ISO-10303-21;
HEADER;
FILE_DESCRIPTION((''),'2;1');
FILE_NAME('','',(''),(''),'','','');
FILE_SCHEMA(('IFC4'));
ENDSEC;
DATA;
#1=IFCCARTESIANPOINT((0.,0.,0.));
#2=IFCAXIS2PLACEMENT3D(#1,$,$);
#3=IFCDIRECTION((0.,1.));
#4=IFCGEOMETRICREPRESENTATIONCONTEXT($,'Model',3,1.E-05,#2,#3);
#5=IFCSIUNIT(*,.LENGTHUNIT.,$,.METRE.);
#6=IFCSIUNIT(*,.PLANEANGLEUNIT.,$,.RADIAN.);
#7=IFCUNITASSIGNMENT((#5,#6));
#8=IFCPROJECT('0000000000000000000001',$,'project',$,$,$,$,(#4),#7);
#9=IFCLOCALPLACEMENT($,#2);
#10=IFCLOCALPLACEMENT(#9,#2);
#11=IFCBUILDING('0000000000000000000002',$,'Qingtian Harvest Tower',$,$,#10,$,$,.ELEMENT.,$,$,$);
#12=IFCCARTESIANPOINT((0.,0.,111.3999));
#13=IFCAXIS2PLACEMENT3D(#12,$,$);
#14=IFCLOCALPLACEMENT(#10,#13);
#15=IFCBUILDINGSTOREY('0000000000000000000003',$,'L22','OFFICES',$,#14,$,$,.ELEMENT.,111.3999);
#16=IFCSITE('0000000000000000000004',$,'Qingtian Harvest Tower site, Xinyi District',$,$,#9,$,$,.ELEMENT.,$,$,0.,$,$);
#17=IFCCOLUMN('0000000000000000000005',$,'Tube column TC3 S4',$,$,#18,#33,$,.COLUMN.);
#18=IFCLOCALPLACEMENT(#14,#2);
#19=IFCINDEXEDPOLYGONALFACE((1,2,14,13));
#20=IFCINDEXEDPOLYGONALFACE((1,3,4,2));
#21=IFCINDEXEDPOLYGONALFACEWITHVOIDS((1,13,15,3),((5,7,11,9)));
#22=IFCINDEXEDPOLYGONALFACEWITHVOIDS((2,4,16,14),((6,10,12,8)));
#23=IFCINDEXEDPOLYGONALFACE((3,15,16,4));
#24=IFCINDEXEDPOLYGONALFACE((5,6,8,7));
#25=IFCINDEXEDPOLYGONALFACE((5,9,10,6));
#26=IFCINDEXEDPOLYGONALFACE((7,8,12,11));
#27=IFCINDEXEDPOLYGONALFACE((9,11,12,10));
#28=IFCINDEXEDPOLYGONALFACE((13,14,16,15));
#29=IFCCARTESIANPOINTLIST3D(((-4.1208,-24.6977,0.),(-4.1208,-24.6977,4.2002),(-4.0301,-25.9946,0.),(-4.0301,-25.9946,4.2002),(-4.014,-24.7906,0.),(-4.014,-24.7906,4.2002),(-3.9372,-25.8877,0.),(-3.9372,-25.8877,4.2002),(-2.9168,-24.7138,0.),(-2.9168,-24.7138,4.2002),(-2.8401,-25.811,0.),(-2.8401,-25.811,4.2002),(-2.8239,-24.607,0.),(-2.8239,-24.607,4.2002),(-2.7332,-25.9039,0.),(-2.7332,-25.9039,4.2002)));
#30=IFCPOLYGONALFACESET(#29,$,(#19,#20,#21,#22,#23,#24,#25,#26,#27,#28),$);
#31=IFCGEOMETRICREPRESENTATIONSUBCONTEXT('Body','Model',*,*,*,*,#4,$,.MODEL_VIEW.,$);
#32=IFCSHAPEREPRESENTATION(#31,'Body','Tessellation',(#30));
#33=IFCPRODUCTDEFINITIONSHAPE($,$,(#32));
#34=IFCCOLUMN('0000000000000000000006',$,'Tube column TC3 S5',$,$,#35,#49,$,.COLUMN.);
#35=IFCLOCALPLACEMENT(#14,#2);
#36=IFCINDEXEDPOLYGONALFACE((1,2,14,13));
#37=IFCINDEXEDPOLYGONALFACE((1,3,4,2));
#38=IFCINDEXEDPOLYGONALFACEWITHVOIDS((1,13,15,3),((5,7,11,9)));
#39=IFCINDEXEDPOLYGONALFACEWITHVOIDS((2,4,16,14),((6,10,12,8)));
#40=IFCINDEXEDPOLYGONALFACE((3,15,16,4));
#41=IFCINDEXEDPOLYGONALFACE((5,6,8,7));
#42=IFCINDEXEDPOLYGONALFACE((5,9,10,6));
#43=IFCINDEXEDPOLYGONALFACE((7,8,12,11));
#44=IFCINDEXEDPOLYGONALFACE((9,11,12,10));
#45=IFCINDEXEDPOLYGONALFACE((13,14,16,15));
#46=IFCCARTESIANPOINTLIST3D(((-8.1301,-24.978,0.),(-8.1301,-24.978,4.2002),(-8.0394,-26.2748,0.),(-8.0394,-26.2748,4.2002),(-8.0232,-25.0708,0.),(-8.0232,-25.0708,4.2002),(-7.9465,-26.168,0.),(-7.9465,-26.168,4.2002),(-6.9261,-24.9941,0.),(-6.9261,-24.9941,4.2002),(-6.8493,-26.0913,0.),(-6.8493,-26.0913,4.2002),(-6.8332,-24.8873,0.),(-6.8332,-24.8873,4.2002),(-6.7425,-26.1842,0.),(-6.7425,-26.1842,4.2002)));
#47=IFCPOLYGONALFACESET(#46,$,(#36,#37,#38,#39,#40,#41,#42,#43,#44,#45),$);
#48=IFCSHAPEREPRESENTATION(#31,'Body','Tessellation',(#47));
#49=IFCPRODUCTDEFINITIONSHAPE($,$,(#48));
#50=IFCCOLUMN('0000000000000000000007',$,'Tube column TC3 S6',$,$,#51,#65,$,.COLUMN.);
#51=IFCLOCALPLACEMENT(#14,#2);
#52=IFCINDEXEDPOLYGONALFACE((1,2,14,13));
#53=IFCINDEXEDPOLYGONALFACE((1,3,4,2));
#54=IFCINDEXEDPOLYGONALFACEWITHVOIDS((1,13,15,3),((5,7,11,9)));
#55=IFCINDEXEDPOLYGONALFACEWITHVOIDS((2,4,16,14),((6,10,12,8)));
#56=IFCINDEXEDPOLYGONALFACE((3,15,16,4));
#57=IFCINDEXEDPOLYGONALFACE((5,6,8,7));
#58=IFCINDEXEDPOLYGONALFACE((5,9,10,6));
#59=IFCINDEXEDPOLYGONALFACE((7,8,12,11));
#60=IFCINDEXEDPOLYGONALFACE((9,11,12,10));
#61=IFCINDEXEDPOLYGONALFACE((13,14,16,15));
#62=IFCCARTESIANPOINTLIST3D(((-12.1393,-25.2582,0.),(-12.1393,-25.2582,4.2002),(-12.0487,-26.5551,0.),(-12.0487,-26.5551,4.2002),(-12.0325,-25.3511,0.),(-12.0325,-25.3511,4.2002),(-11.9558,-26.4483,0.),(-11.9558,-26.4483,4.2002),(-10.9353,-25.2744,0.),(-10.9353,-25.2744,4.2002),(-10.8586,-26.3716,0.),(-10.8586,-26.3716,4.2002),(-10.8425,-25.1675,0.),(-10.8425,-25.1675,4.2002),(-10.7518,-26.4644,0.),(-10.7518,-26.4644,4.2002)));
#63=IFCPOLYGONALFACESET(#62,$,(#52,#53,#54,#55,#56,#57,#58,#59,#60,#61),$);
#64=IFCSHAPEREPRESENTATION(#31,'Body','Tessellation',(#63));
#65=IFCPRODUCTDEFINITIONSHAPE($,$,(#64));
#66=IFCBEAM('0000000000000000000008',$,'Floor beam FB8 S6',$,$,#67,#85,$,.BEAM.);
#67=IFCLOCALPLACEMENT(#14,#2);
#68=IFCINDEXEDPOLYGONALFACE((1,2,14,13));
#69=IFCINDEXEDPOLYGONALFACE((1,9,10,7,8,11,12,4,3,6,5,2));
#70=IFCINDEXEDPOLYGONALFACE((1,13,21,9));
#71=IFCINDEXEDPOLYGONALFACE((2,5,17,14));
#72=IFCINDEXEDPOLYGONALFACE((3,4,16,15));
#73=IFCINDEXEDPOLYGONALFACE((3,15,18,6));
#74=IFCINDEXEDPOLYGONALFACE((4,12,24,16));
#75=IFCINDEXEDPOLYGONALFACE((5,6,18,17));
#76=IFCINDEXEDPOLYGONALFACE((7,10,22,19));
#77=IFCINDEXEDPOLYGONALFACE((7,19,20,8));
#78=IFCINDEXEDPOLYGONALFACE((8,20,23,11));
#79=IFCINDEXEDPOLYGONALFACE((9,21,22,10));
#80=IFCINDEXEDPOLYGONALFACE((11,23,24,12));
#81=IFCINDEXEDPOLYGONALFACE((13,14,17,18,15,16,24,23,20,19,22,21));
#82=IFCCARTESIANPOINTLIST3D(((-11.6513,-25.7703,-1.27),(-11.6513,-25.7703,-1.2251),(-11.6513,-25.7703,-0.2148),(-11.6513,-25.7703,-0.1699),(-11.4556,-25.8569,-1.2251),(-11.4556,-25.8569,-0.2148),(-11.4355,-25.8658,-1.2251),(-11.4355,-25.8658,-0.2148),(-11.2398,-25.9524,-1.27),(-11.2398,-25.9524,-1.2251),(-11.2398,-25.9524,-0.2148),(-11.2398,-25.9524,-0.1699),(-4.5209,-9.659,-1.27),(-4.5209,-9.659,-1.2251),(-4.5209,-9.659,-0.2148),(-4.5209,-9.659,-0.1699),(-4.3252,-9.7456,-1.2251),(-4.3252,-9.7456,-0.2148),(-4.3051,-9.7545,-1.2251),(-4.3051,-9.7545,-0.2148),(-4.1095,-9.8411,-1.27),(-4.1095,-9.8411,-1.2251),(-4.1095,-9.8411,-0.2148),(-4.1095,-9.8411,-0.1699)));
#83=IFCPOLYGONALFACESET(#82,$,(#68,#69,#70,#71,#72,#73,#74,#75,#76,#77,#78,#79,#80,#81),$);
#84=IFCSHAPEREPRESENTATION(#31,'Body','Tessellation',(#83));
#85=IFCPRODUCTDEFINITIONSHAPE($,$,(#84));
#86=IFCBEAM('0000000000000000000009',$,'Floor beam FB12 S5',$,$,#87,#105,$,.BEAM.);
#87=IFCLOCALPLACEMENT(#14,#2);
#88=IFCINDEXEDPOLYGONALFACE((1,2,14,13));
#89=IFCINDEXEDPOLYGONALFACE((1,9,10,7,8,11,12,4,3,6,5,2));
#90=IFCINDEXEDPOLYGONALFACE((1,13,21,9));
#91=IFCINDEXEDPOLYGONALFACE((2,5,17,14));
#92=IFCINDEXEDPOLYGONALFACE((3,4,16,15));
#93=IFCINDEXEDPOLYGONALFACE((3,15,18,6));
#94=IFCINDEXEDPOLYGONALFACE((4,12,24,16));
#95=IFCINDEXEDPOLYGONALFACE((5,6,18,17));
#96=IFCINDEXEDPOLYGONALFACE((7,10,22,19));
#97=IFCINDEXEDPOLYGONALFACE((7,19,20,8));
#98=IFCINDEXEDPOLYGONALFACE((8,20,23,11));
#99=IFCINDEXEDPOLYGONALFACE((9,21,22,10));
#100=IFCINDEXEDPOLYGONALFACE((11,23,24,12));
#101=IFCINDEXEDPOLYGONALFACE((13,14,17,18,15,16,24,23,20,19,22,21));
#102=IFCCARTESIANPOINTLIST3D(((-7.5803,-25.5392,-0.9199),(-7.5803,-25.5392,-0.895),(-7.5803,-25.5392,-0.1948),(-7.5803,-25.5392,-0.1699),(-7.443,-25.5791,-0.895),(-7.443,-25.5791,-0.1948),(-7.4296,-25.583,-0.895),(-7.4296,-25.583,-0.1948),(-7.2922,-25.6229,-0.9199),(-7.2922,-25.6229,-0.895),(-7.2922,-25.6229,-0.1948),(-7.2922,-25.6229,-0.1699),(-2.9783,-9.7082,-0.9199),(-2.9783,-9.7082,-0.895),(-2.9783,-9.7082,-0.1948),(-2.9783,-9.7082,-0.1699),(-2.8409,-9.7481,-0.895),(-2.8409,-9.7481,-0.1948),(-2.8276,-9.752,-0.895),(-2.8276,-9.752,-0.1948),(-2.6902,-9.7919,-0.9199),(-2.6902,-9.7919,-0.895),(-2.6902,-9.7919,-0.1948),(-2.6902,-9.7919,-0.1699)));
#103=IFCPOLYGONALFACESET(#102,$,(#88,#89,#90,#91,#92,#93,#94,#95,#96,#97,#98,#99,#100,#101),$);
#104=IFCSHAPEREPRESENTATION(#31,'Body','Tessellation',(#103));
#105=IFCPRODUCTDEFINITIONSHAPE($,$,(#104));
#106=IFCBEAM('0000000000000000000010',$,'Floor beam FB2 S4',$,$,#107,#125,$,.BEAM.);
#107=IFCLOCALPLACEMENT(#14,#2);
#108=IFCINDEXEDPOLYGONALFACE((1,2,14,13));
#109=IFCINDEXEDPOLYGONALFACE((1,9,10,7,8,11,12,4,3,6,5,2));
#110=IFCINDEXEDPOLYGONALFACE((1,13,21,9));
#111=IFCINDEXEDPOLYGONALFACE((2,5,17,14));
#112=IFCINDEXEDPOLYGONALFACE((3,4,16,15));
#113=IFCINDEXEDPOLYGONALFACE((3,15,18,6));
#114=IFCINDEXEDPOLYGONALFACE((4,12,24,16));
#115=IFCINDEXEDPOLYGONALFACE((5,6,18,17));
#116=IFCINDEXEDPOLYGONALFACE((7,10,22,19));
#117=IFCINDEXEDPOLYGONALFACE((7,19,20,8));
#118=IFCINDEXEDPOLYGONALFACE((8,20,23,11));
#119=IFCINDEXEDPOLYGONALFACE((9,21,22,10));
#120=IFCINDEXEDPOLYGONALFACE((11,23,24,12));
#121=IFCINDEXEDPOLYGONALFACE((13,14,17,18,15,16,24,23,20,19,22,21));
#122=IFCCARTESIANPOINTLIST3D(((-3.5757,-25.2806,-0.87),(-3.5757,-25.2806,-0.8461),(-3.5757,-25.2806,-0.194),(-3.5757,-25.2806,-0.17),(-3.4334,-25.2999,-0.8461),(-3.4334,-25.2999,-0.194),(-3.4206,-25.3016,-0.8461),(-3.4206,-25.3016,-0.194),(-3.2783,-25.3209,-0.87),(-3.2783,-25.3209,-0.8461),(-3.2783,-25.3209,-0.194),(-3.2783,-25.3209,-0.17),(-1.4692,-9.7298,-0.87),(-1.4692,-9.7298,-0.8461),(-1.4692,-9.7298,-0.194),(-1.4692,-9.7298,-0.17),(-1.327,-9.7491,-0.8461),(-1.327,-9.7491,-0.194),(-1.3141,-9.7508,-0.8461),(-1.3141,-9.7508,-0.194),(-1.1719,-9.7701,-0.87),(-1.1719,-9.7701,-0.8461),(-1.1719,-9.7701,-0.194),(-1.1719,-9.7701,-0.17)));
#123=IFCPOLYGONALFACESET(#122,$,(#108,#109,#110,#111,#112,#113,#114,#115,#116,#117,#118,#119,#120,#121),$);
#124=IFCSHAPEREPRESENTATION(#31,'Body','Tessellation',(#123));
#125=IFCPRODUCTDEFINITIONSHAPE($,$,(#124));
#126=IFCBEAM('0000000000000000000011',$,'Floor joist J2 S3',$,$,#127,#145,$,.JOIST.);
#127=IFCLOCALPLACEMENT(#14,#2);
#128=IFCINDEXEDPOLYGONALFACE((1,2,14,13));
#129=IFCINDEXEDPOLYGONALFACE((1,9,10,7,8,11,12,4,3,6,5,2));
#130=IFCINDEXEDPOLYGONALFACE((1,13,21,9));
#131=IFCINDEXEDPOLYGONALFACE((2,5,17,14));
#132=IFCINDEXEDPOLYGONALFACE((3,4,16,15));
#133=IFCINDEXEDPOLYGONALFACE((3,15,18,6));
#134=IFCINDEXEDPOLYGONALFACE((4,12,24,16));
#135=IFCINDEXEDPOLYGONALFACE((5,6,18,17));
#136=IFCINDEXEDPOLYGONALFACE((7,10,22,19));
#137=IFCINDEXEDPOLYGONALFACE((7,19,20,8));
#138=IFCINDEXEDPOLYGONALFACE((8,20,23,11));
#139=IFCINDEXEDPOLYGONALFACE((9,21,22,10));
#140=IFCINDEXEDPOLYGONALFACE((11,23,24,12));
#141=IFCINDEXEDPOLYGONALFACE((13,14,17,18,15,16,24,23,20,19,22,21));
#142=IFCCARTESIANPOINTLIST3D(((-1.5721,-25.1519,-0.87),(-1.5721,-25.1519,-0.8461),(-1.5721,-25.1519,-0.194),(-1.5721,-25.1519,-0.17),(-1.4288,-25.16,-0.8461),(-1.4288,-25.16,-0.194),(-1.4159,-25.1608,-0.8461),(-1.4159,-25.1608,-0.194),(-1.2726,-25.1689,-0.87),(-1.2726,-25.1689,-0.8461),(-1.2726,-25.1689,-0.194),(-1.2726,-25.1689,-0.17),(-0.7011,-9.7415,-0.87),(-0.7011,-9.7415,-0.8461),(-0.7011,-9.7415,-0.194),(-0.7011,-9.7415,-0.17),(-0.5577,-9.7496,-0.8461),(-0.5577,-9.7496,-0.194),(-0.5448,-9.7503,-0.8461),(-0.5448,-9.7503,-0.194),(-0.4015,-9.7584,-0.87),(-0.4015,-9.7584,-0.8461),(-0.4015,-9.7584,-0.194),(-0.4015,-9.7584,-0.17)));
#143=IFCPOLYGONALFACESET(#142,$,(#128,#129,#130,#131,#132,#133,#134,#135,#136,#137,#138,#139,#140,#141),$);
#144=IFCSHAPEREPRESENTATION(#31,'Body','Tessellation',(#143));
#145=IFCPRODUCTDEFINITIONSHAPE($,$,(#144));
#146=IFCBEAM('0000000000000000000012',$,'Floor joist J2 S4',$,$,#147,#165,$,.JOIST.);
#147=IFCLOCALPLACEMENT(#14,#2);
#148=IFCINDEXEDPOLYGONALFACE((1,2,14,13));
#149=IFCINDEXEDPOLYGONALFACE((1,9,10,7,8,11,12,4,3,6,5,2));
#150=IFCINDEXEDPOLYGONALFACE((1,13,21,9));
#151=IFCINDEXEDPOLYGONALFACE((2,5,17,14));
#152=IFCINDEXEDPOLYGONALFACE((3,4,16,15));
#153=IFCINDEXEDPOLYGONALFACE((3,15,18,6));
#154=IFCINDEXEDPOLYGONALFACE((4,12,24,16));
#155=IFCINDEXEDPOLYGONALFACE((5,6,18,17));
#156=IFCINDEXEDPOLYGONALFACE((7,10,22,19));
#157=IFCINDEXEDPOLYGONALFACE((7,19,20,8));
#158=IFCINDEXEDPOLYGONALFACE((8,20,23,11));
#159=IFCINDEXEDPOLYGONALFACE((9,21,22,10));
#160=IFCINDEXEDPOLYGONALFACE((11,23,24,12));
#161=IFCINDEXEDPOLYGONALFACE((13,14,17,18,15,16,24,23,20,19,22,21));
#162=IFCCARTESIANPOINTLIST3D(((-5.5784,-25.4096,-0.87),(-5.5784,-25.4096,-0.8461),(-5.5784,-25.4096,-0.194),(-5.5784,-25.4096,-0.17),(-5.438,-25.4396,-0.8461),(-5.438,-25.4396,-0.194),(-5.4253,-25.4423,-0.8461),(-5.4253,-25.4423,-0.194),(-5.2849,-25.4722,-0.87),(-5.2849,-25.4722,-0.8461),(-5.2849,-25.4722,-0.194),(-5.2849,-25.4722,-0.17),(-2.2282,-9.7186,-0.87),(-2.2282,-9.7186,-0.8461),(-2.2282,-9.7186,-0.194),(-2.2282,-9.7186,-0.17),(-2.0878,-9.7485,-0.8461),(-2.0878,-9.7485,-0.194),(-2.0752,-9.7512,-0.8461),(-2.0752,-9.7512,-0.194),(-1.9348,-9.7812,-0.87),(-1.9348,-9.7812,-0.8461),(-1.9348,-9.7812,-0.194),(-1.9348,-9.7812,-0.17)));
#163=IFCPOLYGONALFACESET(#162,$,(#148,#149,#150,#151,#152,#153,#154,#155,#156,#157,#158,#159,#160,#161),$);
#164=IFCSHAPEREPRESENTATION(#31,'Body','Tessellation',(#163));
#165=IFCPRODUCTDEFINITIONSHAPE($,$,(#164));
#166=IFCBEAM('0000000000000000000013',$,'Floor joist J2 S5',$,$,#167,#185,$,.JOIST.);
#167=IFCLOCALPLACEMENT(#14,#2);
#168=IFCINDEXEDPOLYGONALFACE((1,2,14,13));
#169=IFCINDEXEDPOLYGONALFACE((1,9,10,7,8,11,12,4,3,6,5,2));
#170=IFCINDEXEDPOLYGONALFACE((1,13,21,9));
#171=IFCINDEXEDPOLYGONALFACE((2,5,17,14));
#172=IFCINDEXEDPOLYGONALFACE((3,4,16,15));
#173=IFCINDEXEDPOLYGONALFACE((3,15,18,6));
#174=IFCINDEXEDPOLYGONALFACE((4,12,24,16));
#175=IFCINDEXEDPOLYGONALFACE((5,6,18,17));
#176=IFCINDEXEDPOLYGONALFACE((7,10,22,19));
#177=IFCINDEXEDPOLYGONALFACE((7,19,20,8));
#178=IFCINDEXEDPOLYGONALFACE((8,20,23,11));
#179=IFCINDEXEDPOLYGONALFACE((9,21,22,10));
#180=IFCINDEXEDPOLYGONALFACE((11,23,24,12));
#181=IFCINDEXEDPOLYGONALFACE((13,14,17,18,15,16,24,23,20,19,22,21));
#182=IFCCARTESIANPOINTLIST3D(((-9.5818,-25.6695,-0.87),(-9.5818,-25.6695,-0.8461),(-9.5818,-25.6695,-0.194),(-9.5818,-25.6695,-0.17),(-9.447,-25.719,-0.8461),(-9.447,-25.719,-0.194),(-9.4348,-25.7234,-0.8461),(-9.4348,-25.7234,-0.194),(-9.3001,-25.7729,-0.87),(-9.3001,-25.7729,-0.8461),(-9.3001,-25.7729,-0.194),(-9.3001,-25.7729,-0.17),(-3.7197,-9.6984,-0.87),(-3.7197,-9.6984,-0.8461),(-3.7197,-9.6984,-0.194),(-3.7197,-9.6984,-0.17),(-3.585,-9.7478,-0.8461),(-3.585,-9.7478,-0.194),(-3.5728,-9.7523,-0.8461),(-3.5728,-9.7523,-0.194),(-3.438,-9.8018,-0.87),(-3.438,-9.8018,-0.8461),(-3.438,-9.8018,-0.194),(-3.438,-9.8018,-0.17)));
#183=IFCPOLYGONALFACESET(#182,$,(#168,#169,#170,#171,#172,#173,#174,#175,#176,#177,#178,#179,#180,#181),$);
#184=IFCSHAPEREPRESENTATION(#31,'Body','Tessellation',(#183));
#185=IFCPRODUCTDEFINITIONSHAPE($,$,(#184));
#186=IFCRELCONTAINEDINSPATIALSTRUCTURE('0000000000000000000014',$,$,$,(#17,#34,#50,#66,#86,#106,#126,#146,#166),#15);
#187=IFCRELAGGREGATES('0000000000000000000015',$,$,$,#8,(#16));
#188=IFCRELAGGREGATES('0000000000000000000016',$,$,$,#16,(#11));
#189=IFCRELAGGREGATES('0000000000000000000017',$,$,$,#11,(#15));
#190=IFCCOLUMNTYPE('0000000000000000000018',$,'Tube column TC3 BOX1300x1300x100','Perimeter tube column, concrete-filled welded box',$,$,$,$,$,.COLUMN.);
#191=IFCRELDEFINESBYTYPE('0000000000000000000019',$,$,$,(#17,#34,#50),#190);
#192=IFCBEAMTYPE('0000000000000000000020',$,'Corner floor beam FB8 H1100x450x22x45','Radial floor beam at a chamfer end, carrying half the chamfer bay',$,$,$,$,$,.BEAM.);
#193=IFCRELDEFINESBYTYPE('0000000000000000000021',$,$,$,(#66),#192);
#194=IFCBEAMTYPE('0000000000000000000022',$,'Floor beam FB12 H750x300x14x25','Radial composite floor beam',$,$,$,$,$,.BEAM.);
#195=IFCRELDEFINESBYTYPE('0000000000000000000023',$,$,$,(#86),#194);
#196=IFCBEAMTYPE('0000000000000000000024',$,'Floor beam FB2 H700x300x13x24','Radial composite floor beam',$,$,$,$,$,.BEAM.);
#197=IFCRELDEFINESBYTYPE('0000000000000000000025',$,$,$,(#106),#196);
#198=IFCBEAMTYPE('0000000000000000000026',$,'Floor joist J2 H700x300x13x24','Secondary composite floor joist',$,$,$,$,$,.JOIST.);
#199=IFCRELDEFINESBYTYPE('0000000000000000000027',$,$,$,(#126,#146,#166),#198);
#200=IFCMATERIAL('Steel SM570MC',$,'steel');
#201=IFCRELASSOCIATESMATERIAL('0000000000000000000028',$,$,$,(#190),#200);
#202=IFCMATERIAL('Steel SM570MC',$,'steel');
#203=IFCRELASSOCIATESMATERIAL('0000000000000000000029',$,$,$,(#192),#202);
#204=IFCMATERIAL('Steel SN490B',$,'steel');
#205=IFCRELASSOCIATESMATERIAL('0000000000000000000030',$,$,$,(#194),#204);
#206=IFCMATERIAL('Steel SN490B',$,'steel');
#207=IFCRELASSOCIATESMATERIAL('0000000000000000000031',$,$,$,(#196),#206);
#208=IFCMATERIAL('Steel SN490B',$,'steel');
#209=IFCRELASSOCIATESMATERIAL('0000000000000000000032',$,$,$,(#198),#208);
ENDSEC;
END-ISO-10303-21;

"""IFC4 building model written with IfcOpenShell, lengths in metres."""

from ifc_helpers import new_model, si_unit, direction, frame, origin, origin_2d, place, context, subcontext, project, spatial, hollow_rectangle, i_section, extrude, material, material_profile, profile_set, type_object, element, save


model = new_model("IFC4")

# Units and contexts
model_context = context("Model", 3, precision=1e-05, world=origin(), true_north=direction((0.0, 1.0)))
body_context = subcontext(model_context, "Body", "Model", "MODEL_VIEW")
ifc_project = project(units=[si_unit("LENGTHUNIT", "METRE"), si_unit("PLANEANGLEUNIT", "RADIAN")], contexts=[model_context])

# Site, building, storey
site_placement = place(None, origin())
site = spatial("IfcSite", under=ifc_project, at=site_placement, Name="Qingtian Harvest Tower site, Xinyi District", CompositionType="ELEMENT", RefElevation=0.0)
building_placement = place(site_placement, origin())
building = spatial("IfcBuilding", under=site, at=building_placement, Name="Qingtian Harvest Tower", CompositionType="ELEMENT")
storey_placement = place(building_placement, frame((0.0, 0.0, 111.3999)))
storey = spatial("IfcBuildingStorey", under=building, at=storey_placement, Name="L22", Description="OFFICES", CompositionType="ELEMENT", Elevation=111.3999)

# Columns
ifc_material_1 = material(Name="Steel SM570MC", Category="steel")
ifc_material_profile_1 = material_profile(ifc_material_1, hollow_rectangle(XDim=1.3, YDim=1.3, WallThickness=0.1001, at=origin_2d()), Name="BOX1300x1300x100")
ifc_profile_set_1 = profile_set([ifc_material_profile_1], Name="Steel SM570MC")
column_type = type_object("IfcColumnType", Name="Tube column TC3 BOX1300x1300x100", Description="Perimeter tube column, concrete-filled welded box", PredefinedType="COLUMN", material=ifc_profile_set_1)
for number, where, z_axis, x_axis, name in (
    (1, (-3.427, -25.3008, 0.0), (0.0, 0.0, 1.0), (0.997564, 0.069756, 0.0), "Tube column TC3 S4"),
    (2, (-7.4363, -25.5811, 0.0), (0.0, 0.0, 1.0), (0.997564, 0.069756, 0.0), "Tube column TC3 S5"),
    (3, (-11.4456, -25.8613, 0.0), (0.0, 0.0, 1.0), (0.997564, 0.069756, 0.0), "Tube column TC3 S6"),
):
    element("IfcColumn", number, at=place(storey_placement, frame(where, z_axis=z_axis, x_axis=x_axis)), inside=storey, type_object=column_type, Name=name, PredefinedType="COLUMN", context=body_context, shape_type="SweptSolid", body=[
        extrude(hollow_rectangle(XDim=1.3, YDim=1.3, WallThickness=0.1001, at=origin_2d()), origin(), (0.0, 0.0, 1.0), 4.2002),
    ])

# Beams
ifc_material_2 = material(Name="Steel SM570MC", Category="steel")
ifc_material_profile_2 = material_profile(ifc_material_2, i_section(OverallWidth=0.45, OverallDepth=1.1001, WebThickness=0.022, FlangeThickness=0.0449, at=origin_2d()), Name="H1100x450x22x45")
ifc_profile_set_2 = profile_set([ifc_material_profile_2], Name="Steel SM570MC")
beam_type_1 = type_object("IfcBeamType", Name="Corner floor beam FB8 H1100x450x22x45", Description="Radial floor beam at a chamfer end, carrying half the chamfer bay", PredefinedType="BEAM", material=ifc_profile_set_2)
beam_1_placement = place(storey_placement, frame((-11.4456, -25.8613, -0.72), z_axis=(0.404706, 0.914447, 0.0), x_axis=(-0.914447, 0.404706, 0.0)))
element("IfcBeam", 4, at=beam_1_placement, inside=storey, type_object=beam_type_1, Name="Floor beam FB8 S6", PredefinedType="BEAM", context=body_context, shape_type="SweptSolid", body=[
    extrude(i_section(OverallWidth=0.45, OverallDepth=1.1001, WebThickness=0.022, FlangeThickness=0.0449, at=origin_2d()), origin(), (0.0, 0.0, 1.0), 17.6187),
])
ifc_material_3 = material(Name="Steel SN490B", Category="steel")
ifc_material_profile_3 = material_profile(ifc_material_3, i_section(OverallWidth=0.3, OverallDepth=0.75, WebThickness=0.0139, FlangeThickness=0.0249, at=origin_2d()), Name="H750x300x14x25")
ifc_profile_set_3 = profile_set([ifc_material_profile_3], Name="Steel SN490B")
beam_type_2 = type_object("IfcBeamType", Name="Floor beam FB12 H750x300x14x25", Description="Radial composite floor beam", PredefinedType="BEAM", material=ifc_profile_set_3)
beam_2_placement = place(storey_placement, frame((-7.4363, -25.5811, -0.5449), z_axis=(0.279142, 0.96025, 0.0), x_axis=(-0.96025, 0.279142, 0.0)))
element("IfcBeam", 5, at=beam_2_placement, inside=storey, type_object=beam_type_2, Name="Floor beam FB12 S5", PredefinedType="BEAM", context=body_context, shape_type="SweptSolid", body=[
    extrude(i_section(OverallWidth=0.3, OverallDepth=0.75, WebThickness=0.0139, FlangeThickness=0.0249, at=origin_2d()), origin(), (0.0, 0.0, 1.0), 16.4863),
])
ifc_material_4 = material(Name="Steel SN490B", Category="steel")
ifc_material_profile_4 = material_profile(ifc_material_4, i_section(OverallWidth=0.3, OverallDepth=0.7, WebThickness=0.0129, FlangeThickness=0.0239, at=origin_2d()), Name="H700x300x13x24")
ifc_profile_set_4 = profile_set([ifc_material_profile_4], Name="Steel SN490B")
beam_type_3 = type_object("IfcBeamType", Name="Floor beam FB2 H700x300x13x24", Description="Radial composite floor beam", PredefinedType="BEAM", material=ifc_profile_set_4)
beam_3_placement = place(storey_placement, frame((-3.427, -25.3008, -0.52), z_axis=(0.13423, 0.99095, 0.0), x_axis=(-0.99095, 0.13423, 0.0)))
element("IfcBeam", 6, at=beam_3_placement, inside=storey, type_object=beam_type_3, Name="Floor beam FB2 S4", PredefinedType="BEAM", context=body_context, shape_type="SweptSolid", body=[
    extrude(i_section(OverallWidth=0.3, OverallDepth=0.7, WebThickness=0.0129, FlangeThickness=0.0239, at=origin_2d()), origin(), (0.0, 0.0, 1.0), 15.6929),
])
ifc_material_5 = material(Name="Steel SN490B", Category="steel")
ifc_material_profile_5 = material_profile(ifc_material_5, i_section(OverallWidth=0.3, OverallDepth=0.7, WebThickness=0.0129, FlangeThickness=0.0239, at=origin_2d()), Name="H700x300x13x24")
ifc_profile_set_5 = profile_set([ifc_material_profile_5], Name="Steel SN490B")
beam_type_4 = type_object("IfcBeamType", Name="Floor joist J2 H700x300x13x24", Description="Secondary composite floor joist", PredefinedType="JOIST", material=ifc_profile_set_5)
beam_4_placement = place(storey_placement, frame((-1.4224, -25.1604, -0.52), z_axis=(0.056436, 0.998406, 0.0), x_axis=(-0.998406, 0.056436, 0.0)))
element("IfcBeam", 7, at=beam_4_placement, inside=storey, type_object=beam_type_4, Name="Floor joist J2 S3", PredefinedType="JOIST", context=body_context, shape_type="SweptSolid", body=[
    extrude(i_section(OverallWidth=0.3, OverallDepth=0.7, WebThickness=0.0129, FlangeThickness=0.0239, at=origin_2d()), origin(), (0.0, 0.0, 1.0), 15.4351),
])
beam_5_placement = place(storey_placement, frame((-5.4316, -25.4409, -0.52), z_axis=(0.2088, 0.977958, 0.0), x_axis=(-0.977958, 0.2088, 0.0)))
element("IfcBeam", 8, at=beam_5_placement, inside=storey, type_object=beam_type_4, Name="Floor joist J2 S4", PredefinedType="JOIST", context=body_context, shape_type="SweptSolid", body=[
    extrude(i_section(OverallWidth=0.3, OverallDepth=0.7, WebThickness=0.0129, FlangeThickness=0.0239, at=origin_2d()), origin(), (0.0, 0.0, 1.0), 16.0447),
])
beam_6_placement = place(storey_placement, frame((-9.4409, -25.7212, -0.52), z_axis=(0.344563, 0.938763, 0.0), x_axis=(-0.938763, 0.344563, 0.0)))
element("IfcBeam", 9, at=beam_6_placement, inside=storey, type_object=beam_type_4, Name="Floor joist J2 S5", PredefinedType="JOIST", context=body_context, shape_type="SweptSolid", body=[
    extrude(i_section(OverallWidth=0.3, OverallDepth=0.7, WebThickness=0.0129, FlangeThickness=0.0239, at=origin_2d()), origin(), (0.0, 0.0, 1.0), 17.0129),
])

save(model, "model.ifc")
